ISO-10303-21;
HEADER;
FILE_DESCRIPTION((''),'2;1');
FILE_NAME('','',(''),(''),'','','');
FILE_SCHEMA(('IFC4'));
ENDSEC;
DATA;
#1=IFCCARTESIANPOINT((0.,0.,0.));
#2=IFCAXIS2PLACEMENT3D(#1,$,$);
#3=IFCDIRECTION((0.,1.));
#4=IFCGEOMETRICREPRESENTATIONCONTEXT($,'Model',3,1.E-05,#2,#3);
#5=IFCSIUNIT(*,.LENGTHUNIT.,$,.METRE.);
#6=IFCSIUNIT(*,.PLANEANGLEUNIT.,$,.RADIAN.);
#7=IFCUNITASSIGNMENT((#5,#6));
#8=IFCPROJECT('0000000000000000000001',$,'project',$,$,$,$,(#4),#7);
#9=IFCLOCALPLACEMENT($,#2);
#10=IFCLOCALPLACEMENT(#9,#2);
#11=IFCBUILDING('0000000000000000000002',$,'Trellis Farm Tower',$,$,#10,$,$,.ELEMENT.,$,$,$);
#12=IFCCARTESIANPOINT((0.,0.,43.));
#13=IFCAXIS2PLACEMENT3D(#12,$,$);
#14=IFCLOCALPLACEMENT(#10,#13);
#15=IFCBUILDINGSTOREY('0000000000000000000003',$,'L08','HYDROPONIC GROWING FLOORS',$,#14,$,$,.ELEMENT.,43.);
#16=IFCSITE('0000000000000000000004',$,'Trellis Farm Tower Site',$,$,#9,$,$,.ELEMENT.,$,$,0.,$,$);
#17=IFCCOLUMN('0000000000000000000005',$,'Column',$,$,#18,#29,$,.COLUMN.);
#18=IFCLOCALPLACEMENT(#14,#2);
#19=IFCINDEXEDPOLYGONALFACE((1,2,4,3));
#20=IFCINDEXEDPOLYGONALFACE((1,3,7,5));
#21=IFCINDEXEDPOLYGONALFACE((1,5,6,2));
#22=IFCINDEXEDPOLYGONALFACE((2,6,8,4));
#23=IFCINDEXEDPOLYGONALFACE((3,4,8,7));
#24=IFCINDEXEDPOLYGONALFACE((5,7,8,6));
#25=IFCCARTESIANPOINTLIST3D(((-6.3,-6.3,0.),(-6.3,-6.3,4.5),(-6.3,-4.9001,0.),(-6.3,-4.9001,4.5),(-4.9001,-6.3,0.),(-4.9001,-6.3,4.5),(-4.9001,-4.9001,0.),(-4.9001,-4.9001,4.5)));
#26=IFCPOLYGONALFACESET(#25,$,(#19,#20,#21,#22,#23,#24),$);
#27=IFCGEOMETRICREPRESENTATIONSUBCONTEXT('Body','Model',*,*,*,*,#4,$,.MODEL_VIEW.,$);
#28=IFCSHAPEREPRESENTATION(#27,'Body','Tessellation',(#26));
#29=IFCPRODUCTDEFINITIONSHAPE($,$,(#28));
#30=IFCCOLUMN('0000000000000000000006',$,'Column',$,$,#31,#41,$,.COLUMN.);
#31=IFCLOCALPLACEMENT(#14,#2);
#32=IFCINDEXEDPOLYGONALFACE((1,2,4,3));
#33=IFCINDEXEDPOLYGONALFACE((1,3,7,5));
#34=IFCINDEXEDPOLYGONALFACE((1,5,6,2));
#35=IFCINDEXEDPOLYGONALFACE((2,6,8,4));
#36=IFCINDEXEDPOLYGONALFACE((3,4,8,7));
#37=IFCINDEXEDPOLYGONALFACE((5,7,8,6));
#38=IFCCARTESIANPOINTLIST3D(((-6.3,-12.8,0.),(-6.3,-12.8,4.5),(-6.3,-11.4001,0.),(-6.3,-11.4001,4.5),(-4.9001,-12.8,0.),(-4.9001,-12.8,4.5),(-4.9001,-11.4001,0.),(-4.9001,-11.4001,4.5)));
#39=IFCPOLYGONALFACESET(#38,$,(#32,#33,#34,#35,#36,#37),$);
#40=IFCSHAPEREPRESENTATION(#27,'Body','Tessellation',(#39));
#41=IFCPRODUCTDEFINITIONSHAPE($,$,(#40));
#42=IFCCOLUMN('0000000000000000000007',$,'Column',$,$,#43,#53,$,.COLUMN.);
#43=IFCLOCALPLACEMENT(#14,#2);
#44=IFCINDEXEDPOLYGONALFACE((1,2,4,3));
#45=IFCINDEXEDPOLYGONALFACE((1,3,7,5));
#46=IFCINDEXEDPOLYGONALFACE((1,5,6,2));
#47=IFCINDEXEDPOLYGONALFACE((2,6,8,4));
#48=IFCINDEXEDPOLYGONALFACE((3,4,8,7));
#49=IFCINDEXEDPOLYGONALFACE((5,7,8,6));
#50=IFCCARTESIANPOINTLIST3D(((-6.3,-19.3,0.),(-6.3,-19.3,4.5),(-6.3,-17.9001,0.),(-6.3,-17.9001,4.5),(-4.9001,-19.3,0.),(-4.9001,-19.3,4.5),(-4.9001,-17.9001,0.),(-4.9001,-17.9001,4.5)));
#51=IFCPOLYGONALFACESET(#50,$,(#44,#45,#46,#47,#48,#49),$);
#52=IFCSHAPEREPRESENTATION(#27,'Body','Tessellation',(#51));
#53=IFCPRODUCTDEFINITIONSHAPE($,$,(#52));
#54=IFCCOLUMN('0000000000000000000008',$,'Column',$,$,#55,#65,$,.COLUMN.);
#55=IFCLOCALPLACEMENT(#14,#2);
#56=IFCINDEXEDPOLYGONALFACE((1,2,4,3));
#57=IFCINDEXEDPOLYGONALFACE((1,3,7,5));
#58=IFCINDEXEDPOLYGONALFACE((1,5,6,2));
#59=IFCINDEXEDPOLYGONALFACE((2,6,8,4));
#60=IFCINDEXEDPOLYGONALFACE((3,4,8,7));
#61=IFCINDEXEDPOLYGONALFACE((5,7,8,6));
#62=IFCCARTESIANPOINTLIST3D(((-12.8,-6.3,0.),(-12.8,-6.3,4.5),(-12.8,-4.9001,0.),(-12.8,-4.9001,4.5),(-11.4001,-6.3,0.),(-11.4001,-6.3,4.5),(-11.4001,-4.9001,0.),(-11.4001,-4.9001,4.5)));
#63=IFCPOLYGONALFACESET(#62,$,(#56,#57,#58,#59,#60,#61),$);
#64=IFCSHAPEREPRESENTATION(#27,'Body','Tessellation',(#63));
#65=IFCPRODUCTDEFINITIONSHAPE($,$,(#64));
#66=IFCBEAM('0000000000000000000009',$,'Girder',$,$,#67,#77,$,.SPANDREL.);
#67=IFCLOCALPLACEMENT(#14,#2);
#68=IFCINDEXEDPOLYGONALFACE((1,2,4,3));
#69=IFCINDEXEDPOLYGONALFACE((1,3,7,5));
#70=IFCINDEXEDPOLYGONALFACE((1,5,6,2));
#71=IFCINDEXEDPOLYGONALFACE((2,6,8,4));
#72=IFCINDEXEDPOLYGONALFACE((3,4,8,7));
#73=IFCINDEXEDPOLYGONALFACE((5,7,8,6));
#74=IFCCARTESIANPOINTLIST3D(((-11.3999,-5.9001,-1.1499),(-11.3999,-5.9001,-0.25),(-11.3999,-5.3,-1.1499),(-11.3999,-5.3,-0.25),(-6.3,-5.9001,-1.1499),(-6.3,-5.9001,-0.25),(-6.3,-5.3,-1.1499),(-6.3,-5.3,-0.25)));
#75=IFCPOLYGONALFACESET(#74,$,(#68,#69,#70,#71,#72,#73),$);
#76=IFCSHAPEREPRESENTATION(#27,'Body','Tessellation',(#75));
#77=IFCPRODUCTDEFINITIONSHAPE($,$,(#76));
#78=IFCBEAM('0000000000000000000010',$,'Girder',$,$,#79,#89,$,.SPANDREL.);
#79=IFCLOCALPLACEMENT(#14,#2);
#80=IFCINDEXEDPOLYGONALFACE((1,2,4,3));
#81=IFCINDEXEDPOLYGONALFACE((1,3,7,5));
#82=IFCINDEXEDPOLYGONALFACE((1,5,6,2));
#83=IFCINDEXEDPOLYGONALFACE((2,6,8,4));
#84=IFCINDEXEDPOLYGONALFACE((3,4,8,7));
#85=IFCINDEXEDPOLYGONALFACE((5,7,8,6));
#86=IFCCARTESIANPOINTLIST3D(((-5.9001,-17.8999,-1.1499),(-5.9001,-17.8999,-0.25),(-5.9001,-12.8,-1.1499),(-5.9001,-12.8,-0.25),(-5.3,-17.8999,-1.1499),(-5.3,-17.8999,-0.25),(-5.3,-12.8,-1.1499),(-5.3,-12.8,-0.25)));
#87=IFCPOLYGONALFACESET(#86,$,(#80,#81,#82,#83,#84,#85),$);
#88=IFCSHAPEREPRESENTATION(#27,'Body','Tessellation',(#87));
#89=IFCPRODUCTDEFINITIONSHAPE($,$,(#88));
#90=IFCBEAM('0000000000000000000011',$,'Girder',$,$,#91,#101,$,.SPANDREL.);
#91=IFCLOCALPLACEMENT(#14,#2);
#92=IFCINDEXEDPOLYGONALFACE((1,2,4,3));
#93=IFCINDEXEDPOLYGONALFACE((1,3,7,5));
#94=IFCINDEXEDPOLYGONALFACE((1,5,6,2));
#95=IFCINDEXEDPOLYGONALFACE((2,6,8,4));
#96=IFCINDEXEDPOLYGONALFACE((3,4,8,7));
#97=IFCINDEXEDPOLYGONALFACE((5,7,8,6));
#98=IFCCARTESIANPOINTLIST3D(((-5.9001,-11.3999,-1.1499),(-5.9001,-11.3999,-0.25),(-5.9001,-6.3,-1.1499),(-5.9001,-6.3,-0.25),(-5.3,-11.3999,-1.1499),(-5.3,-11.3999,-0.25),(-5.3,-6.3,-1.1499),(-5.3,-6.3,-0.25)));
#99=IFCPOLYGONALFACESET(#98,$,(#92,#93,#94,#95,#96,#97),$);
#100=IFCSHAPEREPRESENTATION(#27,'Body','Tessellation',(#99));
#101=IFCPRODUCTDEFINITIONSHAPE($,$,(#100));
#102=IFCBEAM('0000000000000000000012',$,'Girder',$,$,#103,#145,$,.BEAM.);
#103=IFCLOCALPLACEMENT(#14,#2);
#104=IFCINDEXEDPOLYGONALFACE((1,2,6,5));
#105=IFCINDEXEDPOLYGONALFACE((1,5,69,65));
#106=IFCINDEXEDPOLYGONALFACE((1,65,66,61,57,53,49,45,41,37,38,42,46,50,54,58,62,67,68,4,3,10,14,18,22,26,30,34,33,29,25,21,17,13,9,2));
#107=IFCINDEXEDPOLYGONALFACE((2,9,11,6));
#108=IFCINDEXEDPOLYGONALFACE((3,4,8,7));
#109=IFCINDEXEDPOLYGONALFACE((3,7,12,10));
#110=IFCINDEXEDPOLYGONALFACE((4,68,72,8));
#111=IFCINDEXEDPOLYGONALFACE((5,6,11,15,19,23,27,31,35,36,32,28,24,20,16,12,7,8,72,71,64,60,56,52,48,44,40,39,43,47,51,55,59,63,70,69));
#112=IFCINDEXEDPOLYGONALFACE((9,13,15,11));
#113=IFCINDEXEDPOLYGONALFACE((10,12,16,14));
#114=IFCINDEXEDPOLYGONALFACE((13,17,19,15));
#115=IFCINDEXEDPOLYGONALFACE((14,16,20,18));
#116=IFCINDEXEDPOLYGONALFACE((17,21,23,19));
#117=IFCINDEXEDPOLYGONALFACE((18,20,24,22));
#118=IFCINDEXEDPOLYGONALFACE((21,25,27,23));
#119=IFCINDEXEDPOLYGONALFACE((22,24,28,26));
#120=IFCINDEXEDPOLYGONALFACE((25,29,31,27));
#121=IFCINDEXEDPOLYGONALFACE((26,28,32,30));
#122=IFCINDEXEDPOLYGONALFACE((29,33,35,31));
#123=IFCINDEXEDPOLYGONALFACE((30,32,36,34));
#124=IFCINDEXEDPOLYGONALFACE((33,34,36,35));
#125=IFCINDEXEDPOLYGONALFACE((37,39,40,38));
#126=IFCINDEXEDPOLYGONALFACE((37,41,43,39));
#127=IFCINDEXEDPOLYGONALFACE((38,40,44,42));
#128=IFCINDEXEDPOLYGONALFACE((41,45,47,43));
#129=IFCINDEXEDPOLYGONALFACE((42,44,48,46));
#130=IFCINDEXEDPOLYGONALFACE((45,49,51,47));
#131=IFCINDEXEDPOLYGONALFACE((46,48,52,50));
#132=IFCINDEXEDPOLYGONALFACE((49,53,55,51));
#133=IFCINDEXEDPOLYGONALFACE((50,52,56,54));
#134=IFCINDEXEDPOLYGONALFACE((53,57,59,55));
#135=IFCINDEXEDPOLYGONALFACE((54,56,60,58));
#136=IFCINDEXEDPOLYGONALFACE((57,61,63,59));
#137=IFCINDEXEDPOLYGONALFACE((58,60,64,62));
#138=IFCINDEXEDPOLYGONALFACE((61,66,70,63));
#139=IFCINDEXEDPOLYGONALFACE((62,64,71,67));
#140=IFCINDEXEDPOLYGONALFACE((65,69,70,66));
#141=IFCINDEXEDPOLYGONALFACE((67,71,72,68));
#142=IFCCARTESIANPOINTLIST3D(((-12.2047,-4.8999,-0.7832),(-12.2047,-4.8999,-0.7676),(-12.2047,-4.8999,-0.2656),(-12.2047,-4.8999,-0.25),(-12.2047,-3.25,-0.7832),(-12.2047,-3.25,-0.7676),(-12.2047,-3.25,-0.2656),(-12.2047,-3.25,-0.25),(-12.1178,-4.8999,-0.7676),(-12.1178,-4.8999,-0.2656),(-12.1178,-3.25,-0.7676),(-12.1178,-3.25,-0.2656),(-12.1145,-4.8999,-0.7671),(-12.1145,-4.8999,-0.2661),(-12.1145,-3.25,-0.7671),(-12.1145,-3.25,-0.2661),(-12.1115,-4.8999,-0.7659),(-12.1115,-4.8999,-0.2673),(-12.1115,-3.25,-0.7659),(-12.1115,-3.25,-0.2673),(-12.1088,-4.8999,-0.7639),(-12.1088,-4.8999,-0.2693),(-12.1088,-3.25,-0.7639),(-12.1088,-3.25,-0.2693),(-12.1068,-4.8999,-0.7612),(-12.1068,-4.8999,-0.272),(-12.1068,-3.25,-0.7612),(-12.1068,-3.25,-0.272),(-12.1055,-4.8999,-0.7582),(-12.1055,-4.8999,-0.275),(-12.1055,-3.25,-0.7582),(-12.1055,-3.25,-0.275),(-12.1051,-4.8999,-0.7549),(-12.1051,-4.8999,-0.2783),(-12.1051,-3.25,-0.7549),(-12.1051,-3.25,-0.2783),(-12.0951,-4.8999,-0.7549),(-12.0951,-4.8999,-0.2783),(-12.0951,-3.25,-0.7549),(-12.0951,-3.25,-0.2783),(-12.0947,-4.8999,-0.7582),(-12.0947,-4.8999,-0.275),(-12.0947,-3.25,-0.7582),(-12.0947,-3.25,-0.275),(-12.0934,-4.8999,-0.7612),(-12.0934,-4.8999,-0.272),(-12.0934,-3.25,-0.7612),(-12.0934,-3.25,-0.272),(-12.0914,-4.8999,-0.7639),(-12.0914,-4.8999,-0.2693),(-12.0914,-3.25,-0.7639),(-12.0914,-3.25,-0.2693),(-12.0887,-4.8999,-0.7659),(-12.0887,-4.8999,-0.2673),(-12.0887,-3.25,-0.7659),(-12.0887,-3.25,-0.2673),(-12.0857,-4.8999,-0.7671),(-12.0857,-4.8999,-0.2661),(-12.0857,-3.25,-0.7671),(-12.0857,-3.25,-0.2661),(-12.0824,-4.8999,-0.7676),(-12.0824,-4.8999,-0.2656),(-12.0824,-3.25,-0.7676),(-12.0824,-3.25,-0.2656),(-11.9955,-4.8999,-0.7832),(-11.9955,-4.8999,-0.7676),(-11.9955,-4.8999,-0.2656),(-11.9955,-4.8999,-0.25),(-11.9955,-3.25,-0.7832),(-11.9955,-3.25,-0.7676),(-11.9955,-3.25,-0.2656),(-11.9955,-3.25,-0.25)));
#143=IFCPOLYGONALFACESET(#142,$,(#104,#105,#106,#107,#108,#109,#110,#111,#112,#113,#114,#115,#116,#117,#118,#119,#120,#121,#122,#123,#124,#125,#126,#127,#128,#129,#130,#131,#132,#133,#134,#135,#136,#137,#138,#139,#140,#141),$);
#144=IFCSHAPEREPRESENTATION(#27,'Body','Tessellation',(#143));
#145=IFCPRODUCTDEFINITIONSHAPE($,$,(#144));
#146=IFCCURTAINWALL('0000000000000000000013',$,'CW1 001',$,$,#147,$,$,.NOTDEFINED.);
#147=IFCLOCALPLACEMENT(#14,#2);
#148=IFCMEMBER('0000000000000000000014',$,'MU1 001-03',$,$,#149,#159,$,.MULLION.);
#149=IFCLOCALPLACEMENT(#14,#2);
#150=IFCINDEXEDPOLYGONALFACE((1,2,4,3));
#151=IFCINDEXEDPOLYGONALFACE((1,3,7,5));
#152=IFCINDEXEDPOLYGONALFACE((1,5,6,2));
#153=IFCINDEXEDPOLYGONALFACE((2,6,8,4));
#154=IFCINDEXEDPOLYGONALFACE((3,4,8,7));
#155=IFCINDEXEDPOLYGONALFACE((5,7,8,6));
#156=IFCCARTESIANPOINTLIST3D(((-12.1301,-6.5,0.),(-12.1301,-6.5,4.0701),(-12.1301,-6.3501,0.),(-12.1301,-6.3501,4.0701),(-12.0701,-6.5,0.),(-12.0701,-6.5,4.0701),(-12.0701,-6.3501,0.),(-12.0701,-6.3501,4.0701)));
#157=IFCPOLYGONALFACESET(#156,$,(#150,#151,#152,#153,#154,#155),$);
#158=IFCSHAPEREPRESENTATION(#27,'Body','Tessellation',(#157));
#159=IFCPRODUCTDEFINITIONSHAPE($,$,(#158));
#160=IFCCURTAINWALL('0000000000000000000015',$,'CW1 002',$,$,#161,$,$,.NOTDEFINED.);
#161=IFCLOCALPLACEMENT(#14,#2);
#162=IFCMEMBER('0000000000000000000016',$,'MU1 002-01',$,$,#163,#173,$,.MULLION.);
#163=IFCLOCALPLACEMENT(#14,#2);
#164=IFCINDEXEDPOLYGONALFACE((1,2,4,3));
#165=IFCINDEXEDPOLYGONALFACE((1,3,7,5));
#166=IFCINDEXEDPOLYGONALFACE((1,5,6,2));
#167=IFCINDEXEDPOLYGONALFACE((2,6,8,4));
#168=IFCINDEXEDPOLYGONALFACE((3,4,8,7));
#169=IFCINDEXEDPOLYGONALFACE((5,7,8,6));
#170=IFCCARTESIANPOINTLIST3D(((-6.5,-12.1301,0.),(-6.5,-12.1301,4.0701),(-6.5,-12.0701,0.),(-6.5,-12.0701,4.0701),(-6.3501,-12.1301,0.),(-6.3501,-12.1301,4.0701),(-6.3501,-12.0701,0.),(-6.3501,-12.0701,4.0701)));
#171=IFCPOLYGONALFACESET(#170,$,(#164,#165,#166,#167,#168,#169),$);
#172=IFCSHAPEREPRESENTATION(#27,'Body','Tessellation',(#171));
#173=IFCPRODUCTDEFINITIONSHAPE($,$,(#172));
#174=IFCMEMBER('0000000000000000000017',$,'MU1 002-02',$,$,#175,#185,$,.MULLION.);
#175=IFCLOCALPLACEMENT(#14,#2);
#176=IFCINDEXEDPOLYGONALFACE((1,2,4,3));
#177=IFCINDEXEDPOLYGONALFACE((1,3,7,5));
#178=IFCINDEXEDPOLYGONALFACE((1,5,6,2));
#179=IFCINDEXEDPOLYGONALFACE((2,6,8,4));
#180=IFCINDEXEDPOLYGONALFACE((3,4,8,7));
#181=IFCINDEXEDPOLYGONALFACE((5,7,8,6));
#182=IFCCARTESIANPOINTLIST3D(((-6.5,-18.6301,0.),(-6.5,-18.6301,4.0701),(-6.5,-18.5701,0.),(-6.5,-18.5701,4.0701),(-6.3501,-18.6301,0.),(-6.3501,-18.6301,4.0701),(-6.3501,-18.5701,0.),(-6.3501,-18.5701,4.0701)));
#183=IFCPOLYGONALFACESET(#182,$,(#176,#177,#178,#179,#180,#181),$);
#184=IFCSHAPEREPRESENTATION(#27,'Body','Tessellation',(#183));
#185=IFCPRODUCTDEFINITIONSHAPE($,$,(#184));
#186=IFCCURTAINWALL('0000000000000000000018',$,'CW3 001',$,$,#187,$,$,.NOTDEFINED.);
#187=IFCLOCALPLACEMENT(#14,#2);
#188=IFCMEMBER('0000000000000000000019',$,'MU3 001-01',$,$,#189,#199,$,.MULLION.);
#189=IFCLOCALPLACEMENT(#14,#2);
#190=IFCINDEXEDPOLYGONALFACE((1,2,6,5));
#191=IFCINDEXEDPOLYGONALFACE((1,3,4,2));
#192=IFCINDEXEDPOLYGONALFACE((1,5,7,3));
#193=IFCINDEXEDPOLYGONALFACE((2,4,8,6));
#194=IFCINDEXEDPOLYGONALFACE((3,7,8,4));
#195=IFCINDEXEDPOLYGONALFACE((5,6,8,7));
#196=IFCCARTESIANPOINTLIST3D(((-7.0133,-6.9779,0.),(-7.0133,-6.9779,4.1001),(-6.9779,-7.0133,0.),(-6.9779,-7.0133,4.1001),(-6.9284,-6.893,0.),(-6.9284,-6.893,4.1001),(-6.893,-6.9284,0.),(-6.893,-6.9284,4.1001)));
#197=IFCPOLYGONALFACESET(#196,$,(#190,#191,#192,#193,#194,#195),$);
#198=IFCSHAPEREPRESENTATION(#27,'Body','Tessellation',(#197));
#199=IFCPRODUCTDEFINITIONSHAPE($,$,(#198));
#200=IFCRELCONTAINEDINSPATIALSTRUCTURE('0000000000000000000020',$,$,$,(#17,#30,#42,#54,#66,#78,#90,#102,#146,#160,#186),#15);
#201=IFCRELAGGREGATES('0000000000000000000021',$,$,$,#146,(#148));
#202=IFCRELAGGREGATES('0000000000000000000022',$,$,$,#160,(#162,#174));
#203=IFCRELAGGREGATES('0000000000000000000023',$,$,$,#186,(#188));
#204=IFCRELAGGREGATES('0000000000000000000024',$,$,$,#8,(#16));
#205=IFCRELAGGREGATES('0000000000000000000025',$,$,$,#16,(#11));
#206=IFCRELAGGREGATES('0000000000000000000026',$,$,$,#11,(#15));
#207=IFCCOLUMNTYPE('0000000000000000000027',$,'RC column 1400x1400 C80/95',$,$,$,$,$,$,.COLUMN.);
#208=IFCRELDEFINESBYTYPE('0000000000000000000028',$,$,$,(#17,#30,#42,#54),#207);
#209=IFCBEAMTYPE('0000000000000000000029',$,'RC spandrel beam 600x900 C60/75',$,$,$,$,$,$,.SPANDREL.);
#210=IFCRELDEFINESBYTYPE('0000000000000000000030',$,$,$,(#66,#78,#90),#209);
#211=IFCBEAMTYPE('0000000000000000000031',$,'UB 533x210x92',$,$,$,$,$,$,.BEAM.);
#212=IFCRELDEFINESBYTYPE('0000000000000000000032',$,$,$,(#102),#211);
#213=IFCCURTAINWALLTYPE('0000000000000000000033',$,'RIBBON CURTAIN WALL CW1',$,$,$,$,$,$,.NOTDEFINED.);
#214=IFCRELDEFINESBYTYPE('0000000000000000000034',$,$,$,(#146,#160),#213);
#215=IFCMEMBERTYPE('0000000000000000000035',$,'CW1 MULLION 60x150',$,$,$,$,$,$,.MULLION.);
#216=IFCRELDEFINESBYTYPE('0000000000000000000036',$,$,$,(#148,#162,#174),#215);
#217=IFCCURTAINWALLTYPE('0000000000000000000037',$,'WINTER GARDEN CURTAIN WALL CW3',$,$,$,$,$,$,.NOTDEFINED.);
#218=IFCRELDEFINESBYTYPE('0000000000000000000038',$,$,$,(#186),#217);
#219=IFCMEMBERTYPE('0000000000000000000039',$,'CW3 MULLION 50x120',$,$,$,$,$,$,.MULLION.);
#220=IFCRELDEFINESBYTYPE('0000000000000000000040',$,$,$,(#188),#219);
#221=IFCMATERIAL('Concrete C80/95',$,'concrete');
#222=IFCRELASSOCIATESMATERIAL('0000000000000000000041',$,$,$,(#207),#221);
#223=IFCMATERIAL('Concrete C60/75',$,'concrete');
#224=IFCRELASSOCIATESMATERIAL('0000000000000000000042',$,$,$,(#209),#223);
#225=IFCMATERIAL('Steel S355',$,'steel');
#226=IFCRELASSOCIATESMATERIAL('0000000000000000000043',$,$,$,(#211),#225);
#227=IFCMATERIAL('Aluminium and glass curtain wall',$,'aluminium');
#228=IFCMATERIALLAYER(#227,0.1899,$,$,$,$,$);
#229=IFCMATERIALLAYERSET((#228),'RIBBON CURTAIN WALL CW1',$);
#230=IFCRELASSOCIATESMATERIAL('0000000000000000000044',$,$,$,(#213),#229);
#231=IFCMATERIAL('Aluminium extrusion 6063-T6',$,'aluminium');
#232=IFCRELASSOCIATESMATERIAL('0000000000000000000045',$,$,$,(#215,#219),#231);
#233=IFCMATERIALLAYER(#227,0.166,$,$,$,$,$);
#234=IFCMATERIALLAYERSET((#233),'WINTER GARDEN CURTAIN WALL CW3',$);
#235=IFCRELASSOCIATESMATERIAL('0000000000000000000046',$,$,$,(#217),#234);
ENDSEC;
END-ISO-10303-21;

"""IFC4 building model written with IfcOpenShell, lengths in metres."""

from ifc_helpers import new_model, si_unit, direction, frame, origin, origin_2d, place, context, subcontext, project, spatial, rectangle, i_section, extrude, source, transform, mapped, material, layer, layer_set, material_profile, profile_set, type_object, element, aggregate, save


model = new_model("IFC4")

# Units and contexts
model_context = context("Model", 3, precision=1e-05, world=origin(), true_north=direction((0.0, 1.0)))
body_context = subcontext(model_context, "Body", "Model", "MODEL_VIEW")
ifc_project = project(units=[si_unit("LENGTHUNIT", "METRE"), si_unit("PLANEANGLEUNIT", "RADIAN")], contexts=[model_context])

# Site, building, storey
site_placement = place(None, origin())
site = spatial("IfcSite", under=ifc_project, at=site_placement, Name="Trellis Farm Tower Site", CompositionType="ELEMENT", RefElevation=0.0)
building_placement = place(site_placement, origin())
building = spatial("IfcBuilding", under=site, at=building_placement, Name="Trellis Farm Tower", CompositionType="ELEMENT")
storey_placement = place(building_placement, frame((0.0, 0.0, 43.0)))
storey = spatial("IfcBuildingStorey", under=building, at=storey_placement, Name="L08", Description="HYDROPONIC GROWING FLOORS", CompositionType="ELEMENT", Elevation=43.0)

# Columns
ifc_material_1 = material(Name="Concrete C80/95", Category="concrete")
ifc_material_profile_1 = material_profile(ifc_material_1, rectangle(XDim=1.3999, YDim=1.3999, at=origin_2d()), Name="RC column 1400x1400 C80/95")
ifc_profile_set_1 = profile_set([ifc_material_profile_1], Name="Concrete C80/95")
column_type = type_object("IfcColumnType", Name="RC column 1400x1400 C80/95", PredefinedType="COLUMN", material=ifc_profile_set_1)
shared_shape_1 = source(origin(), body_context, "Body", "SweptSolid", [
    extrude(rectangle(XDim=1.3999, YDim=1.3999, at=origin_2d()), origin(), (0.0, 0.0, 1.0), 4.5),
])
for number, where, z_axis, x_axis, name in (
    (1, (-5.6001, -5.6001, 0.0), (0.0, 0.0, 1.0), (1.0, 0.0, 0.0), "Column"),
    (2, (-5.6001, -12.1001, 0.0), (0.0, 0.0, 1.0), (1.0, 0.0, 0.0), "Column"),
    (3, (-5.6001, -18.6001, 0.0), (0.0, 0.0, 1.0), (1.0, 0.0, 0.0), "Column"),
    (4, (-12.1001, -5.6001, 0.0), (0.0, 0.0, 1.0), (1.0, 0.0, 0.0), "Column"),
):
    element("IfcColumn", number, at=place(storey_placement, frame(where, z_axis=z_axis, x_axis=x_axis)), inside=storey, type_object=column_type, Name=name, PredefinedType="COLUMN", context=body_context, shape_type="MappedRepresentation", body=[
        mapped(shared_shape_1, transform((0.0, 0.0, 0.0))),
    ])

# Beams
ifc_material_2 = material(Name="Concrete C60/75", Category="concrete")
ifc_material_profile_2 = material_profile(ifc_material_2, rectangle(XDim=0.6001, YDim=0.8999, at=origin_2d()), Name="RC spandrel beam 600x900 C60/75")
ifc_profile_set_2 = profile_set([ifc_material_profile_2], Name="Concrete C60/75")
beam_type_1 = type_object("IfcBeamType", Name="RC spandrel beam 600x900 C60/75", PredefinedType="SPANDREL", material=ifc_profile_set_2)
shared_shape_2 = source(origin(), body_context, "Body", "SweptSolid", [
    extrude(rectangle(XDim=0.6001, YDim=0.8999, at=origin_2d()), origin(), (0.0, 0.0, 1.0), 5.0999),
])
for number, where, z_axis, x_axis, name in (
    (5, (-11.3999, -5.6001, -0.7), (1.0, 0.0, 0.0), (0.0, 1.0, 0.0), "Girder"),
    (6, (-5.6001, -17.8999, -0.7), (0.0, 1.0, 0.0), (-1.0, 0.0, 0.0), "Girder"),
    (7, (-5.6001, -11.3999, -0.7), (0.0, 1.0, 0.0), (-1.0, 0.0, 0.0), "Girder"),
):
    element("IfcBeam", number, at=place(storey_placement, frame(where, z_axis=z_axis, x_axis=x_axis)), inside=storey, type_object=beam_type_1, Name=name, PredefinedType="SPANDREL", context=body_context, shape_type="MappedRepresentation", body=[
        mapped(shared_shape_2, transform((0.0, 0.0, 0.0))),
    ])
ifc_material_3 = material(Name="Steel S355", Category="steel")
ifc_material_profile_3 = material_profile(ifc_material_3, i_section(OverallWidth=0.2092, OverallDepth=0.5332, WebThickness=0.01, FlangeThickness=0.0156, FilletRadius=0.0127, at=origin_2d()), Name="UB 533x210x92")
ifc_profile_set_3 = profile_set([ifc_material_profile_3], Name="Steel S355")
beam_type_2 = type_object("IfcBeamType", Name="UB 533x210x92", PredefinedType="BEAM", material=ifc_profile_set_3)
shared_shape_3 = source(origin(), body_context, "Body", "SweptSolid", [
    extrude(i_section(OverallWidth=0.2092, OverallDepth=0.5332, WebThickness=0.01, FlangeThickness=0.0156, FilletRadius=0.0127, at=origin_2d()), origin(), (0.0, 0.0, 1.0), 1.6499),
])
beam_placement = place(storey_placement, frame((-12.1001, -4.8999, -0.5166), z_axis=(0.0, 1.0, 0.0), x_axis=(-1.0, 0.0, 0.0)))
element("IfcBeam", 8, at=beam_placement, inside=storey, type_object=beam_type_2, Name="Girder", PredefinedType="BEAM", context=body_context, shape_type="MappedRepresentation", body=[
    mapped(shared_shape_3, transform((0.0, 0.0, 0.0))),
])

# Curtain wall, member
ifc_material_4 = material(Name="Aluminium and glass curtain wall", Category="aluminium")
ifc_layer_1 = layer(ifc_material_4, 0.1899)
ifc_layer_set_1 = layer_set([ifc_layer_1], Name="RIBBON CURTAIN WALL CW1")
curtain_wall_type_1 = type_object("IfcCurtainWallType", Name="RIBBON CURTAIN WALL CW1", PredefinedType="NOTDEFINED", material=ifc_layer_set_1)
placement = place(storey_placement, origin())
curtain_wall_1 = element("IfcCurtainWall", 9, at=placement, inside=storey, type_object=curtain_wall_type_1, Name="CW1 001", PredefinedType="NOTDEFINED")
ifc_material_5 = material(Name="Aluminium extrusion 6063-T6", Category="aluminium")
ifc_material_profile_4 = material_profile(ifc_material_5, rectangle(XDim=0.0601, YDim=0.1499, at=origin_2d()), Name="MULLION 60x150")
ifc_profile_set_4 = profile_set([ifc_material_profile_4], Name="Aluminium extrusion 6063-T6")
member_type_1 = type_object("IfcMemberType", Name="CW1 MULLION 60x150", PredefinedType="MULLION", material=ifc_profile_set_4)
shared_shape_4 = source(origin(), body_context, "Body", "SweptSolid", [
    extrude(rectangle(XDim=0.0601, YDim=0.1499, at=origin_2d()), origin(), (0.0, 0.0, 1.0), 4.0701),
])
member_1_placement = place(storey_placement, frame((-12.1001, -6.425, 0.0), z_axis=(0.0, 0.0, 1.0), x_axis=(1.0, 0.0, 0.0)))
member_1 = element("IfcMember", 10, at=member_1_placement, type_object=member_type_1, Name="MU1 001-03", PredefinedType="MULLION", context=body_context, shape_type="MappedRepresentation", body=[
    mapped(shared_shape_4, transform((0.0, 0.0, 0.0))),
])
aggregate(curtain_wall_1, [member_1])

# Curtain wall, members
curtain_wall_2 = element("IfcCurtainWall", 11, at=placement, inside=storey, type_object=curtain_wall_type_1, Name="CW1 002", PredefinedType="NOTDEFINED")
member_2_placement = place(storey_placement, frame((-6.425, -12.1001, 0.0), z_axis=(0.0, 0.0, 1.0), x_axis=(0.0, -1.0, 0.0)))
member_2 = element("IfcMember", 12, at=member_2_placement, type_object=member_type_1, Name="MU1 002-01", PredefinedType="MULLION", context=body_context, shape_type="MappedRepresentation", body=[
    mapped(shared_shape_4, transform((0.0, 0.0, 0.0))),
])
member_3_placement = place(storey_placement, frame((-6.425, -18.6001, 0.0), z_axis=(0.0, 0.0, 1.0), x_axis=(0.0, -1.0, 0.0)))
member_3 = element("IfcMember", 13, at=member_3_placement, type_object=member_type_1, Name="MU1 002-02", PredefinedType="MULLION", context=body_context, shape_type="MappedRepresentation", body=[
    mapped(shared_shape_4, transform((0.0, 0.0, 0.0))),
])
aggregate(curtain_wall_2, [member_2, member_3])

# Curtain wall, member
ifc_layer_2 = layer(ifc_material_4, 0.166)
ifc_layer_set_2 = layer_set([ifc_layer_2], Name="WINTER GARDEN CURTAIN WALL CW3")
curtain_wall_type_2 = type_object("IfcCurtainWallType", Name="WINTER GARDEN CURTAIN WALL CW3", PredefinedType="NOTDEFINED", material=ifc_layer_set_2)
curtain_wall_3 = element("IfcCurtainWall", 14, at=placement, inside=storey, type_object=curtain_wall_type_2, Name="CW3 001", PredefinedType="NOTDEFINED")
ifc_material_profile_5 = material_profile(ifc_material_5, rectangle(XDim=0.05, YDim=0.1201, at=origin_2d()), Name="MULLION 50x120")
ifc_profile_set_5 = profile_set([ifc_material_profile_5], Name="Aluminium extrusion 6063-T6")
member_type_2 = type_object("IfcMemberType", Name="CW3 MULLION 50x120", PredefinedType="MULLION", material=ifc_profile_set_5)
shared_shape_5 = source(origin(), body_context, "Body", "SweptSolid", [
    extrude(rectangle(XDim=0.05, YDim=0.1201, at=origin_2d()), origin(), (0.0, 0.0, 1.0), 4.1001),
])
member_4_placement = place(storey_placement, frame((-6.9531, -6.9531, 0.0), z_axis=(0.0, 0.0, 1.0), x_axis=(0.707107, -0.707107, 0.0)))
member_4 = element("IfcMember", 15, at=member_4_placement, type_object=member_type_2, Name="MU3 001-01", PredefinedType="MULLION", context=body_context, shape_type="MappedRepresentation", body=[
    mapped(shared_shape_5, transform((0.0, 0.0, 0.0))),
])
aggregate(curtain_wall_3, [member_4])

save(model, "model.ifc")
